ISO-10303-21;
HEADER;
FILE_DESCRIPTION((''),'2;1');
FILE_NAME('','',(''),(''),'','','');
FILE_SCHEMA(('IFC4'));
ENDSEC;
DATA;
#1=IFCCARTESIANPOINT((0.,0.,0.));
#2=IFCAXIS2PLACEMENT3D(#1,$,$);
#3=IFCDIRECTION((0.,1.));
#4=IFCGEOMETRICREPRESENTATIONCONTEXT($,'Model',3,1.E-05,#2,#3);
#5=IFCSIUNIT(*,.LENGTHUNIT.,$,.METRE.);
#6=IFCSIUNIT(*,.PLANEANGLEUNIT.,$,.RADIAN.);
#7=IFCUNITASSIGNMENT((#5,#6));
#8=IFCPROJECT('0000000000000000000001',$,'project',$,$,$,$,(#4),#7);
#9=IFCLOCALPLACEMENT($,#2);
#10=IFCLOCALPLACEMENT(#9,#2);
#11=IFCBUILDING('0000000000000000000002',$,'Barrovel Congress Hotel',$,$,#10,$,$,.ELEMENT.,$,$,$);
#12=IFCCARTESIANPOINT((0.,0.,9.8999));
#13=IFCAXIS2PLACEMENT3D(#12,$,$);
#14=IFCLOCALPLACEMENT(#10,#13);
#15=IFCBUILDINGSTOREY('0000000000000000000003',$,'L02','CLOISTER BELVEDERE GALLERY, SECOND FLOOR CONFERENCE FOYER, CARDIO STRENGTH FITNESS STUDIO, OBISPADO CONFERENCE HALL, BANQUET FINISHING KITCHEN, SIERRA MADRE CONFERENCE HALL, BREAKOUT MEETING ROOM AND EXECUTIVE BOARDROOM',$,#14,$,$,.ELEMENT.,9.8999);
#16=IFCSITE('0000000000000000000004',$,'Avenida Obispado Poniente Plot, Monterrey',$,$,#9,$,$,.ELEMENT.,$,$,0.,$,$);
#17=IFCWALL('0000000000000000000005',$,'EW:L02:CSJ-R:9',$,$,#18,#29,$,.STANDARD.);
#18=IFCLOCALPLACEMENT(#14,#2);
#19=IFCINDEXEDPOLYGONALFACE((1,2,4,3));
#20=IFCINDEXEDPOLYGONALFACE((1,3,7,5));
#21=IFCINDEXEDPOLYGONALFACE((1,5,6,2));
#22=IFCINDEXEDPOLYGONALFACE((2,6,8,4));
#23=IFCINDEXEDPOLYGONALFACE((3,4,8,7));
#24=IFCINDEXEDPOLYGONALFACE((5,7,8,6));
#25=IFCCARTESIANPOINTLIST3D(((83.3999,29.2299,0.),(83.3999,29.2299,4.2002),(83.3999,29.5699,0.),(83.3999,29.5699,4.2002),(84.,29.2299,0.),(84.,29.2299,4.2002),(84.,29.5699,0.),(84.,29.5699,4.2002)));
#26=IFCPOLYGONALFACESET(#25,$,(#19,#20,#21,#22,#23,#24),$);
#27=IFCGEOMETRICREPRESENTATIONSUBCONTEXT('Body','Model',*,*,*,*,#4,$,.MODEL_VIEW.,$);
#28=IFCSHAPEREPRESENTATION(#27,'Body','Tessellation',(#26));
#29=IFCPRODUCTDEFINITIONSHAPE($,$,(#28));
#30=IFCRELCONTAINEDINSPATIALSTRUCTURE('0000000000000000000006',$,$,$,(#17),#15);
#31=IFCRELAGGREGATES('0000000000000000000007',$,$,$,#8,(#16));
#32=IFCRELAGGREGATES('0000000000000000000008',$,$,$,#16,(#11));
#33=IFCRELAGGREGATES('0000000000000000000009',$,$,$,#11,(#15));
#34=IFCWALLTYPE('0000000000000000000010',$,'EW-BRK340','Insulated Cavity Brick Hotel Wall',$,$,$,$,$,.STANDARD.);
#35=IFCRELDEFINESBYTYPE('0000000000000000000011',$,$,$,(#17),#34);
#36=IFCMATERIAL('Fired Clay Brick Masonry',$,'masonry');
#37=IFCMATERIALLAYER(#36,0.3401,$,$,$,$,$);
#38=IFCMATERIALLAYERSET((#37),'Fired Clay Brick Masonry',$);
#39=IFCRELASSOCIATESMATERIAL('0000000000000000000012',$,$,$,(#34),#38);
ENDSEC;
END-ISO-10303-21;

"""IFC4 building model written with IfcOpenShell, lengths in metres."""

from ifc_helpers import new_model, si_unit, direction, frame, frame_2d, origin, place, context, subcontext, project, spatial, rectangle, extrude, material, layer, layer_set, type_object, element, save


model = new_model("IFC4")

# Units and contexts
model_context = context("Model", 3, precision=1e-05, world=origin(), true_north=direction((0.0, 1.0)))
body_context = subcontext(model_context, "Body", "Model", "MODEL_VIEW")
ifc_project = project(units=[si_unit("LENGTHUNIT", "METRE"), si_unit("PLANEANGLEUNIT", "RADIAN")], contexts=[model_context])

# Site, building, storey
site_placement = place(None, origin())
site = spatial("IfcSite", under=ifc_project, at=site_placement, Name="Avenida Obispado Poniente Plot, Monterrey", CompositionType="ELEMENT", RefElevation=0.0)
building_placement = place(site_placement, origin())
building = spatial("IfcBuilding", under=site, at=building_placement, Name="Barrovel Congress Hotel", CompositionType="ELEMENT")
storey_placement = place(building_placement, frame((0.0, 0.0, 9.8999)))
storey = spatial("IfcBuildingStorey", under=building, at=storey_placement, Name="L02", Description="CLOISTER BELVEDERE GALLERY, SECOND FLOOR CONFERENCE FOYER, CARDIO STRENGTH FITNESS STUDIO, OBISPADO CONFERENCE HALL, BANQUET FINISHING KITCHEN, SIERRA MADRE CONFERENCE HALL, BREAKOUT MEETING ROOM AND EXECUTIVE BOARDROOM", CompositionType="ELEMENT", Elevation=9.8999)

# Wall
ifc_material_1 = material(Name="Fired Clay Brick Masonry", Category="masonry")
ifc_layer_1 = layer(ifc_material_1, 0.3401)
ifc_layer_set_1 = layer_set([ifc_layer_1], Name="Fired Clay Brick Masonry")
wall_type = type_object("IfcWallType", Name="EW-BRK340", Description="Insulated Cavity Brick Hotel Wall", PredefinedType="STANDARD", material=ifc_layer_set_1)
for number, where, z_axis, x_axis, name in (
    (1, (84.0, 29.3999, 0.0), (0.0, 0.0, 1.0), (-1.0, 0.0, 0.0), "EW:L02:CSJ-R:9"),
):
    element("IfcWall", number, at=place(storey_placement, frame(where, z_axis=z_axis, x_axis=x_axis)), inside=storey, type_object=wall_type, Name=name, PredefinedType="STANDARD", context=body_context, shape_type="SweptSolid", body=[
        extrude(rectangle(XDim=0.6001, YDim=0.3401, at=frame_2d((0.3, 0.0))), origin(), (0.0, 0.0, 1.0), 4.2002),
    ])

save(model, "model.ifc")
